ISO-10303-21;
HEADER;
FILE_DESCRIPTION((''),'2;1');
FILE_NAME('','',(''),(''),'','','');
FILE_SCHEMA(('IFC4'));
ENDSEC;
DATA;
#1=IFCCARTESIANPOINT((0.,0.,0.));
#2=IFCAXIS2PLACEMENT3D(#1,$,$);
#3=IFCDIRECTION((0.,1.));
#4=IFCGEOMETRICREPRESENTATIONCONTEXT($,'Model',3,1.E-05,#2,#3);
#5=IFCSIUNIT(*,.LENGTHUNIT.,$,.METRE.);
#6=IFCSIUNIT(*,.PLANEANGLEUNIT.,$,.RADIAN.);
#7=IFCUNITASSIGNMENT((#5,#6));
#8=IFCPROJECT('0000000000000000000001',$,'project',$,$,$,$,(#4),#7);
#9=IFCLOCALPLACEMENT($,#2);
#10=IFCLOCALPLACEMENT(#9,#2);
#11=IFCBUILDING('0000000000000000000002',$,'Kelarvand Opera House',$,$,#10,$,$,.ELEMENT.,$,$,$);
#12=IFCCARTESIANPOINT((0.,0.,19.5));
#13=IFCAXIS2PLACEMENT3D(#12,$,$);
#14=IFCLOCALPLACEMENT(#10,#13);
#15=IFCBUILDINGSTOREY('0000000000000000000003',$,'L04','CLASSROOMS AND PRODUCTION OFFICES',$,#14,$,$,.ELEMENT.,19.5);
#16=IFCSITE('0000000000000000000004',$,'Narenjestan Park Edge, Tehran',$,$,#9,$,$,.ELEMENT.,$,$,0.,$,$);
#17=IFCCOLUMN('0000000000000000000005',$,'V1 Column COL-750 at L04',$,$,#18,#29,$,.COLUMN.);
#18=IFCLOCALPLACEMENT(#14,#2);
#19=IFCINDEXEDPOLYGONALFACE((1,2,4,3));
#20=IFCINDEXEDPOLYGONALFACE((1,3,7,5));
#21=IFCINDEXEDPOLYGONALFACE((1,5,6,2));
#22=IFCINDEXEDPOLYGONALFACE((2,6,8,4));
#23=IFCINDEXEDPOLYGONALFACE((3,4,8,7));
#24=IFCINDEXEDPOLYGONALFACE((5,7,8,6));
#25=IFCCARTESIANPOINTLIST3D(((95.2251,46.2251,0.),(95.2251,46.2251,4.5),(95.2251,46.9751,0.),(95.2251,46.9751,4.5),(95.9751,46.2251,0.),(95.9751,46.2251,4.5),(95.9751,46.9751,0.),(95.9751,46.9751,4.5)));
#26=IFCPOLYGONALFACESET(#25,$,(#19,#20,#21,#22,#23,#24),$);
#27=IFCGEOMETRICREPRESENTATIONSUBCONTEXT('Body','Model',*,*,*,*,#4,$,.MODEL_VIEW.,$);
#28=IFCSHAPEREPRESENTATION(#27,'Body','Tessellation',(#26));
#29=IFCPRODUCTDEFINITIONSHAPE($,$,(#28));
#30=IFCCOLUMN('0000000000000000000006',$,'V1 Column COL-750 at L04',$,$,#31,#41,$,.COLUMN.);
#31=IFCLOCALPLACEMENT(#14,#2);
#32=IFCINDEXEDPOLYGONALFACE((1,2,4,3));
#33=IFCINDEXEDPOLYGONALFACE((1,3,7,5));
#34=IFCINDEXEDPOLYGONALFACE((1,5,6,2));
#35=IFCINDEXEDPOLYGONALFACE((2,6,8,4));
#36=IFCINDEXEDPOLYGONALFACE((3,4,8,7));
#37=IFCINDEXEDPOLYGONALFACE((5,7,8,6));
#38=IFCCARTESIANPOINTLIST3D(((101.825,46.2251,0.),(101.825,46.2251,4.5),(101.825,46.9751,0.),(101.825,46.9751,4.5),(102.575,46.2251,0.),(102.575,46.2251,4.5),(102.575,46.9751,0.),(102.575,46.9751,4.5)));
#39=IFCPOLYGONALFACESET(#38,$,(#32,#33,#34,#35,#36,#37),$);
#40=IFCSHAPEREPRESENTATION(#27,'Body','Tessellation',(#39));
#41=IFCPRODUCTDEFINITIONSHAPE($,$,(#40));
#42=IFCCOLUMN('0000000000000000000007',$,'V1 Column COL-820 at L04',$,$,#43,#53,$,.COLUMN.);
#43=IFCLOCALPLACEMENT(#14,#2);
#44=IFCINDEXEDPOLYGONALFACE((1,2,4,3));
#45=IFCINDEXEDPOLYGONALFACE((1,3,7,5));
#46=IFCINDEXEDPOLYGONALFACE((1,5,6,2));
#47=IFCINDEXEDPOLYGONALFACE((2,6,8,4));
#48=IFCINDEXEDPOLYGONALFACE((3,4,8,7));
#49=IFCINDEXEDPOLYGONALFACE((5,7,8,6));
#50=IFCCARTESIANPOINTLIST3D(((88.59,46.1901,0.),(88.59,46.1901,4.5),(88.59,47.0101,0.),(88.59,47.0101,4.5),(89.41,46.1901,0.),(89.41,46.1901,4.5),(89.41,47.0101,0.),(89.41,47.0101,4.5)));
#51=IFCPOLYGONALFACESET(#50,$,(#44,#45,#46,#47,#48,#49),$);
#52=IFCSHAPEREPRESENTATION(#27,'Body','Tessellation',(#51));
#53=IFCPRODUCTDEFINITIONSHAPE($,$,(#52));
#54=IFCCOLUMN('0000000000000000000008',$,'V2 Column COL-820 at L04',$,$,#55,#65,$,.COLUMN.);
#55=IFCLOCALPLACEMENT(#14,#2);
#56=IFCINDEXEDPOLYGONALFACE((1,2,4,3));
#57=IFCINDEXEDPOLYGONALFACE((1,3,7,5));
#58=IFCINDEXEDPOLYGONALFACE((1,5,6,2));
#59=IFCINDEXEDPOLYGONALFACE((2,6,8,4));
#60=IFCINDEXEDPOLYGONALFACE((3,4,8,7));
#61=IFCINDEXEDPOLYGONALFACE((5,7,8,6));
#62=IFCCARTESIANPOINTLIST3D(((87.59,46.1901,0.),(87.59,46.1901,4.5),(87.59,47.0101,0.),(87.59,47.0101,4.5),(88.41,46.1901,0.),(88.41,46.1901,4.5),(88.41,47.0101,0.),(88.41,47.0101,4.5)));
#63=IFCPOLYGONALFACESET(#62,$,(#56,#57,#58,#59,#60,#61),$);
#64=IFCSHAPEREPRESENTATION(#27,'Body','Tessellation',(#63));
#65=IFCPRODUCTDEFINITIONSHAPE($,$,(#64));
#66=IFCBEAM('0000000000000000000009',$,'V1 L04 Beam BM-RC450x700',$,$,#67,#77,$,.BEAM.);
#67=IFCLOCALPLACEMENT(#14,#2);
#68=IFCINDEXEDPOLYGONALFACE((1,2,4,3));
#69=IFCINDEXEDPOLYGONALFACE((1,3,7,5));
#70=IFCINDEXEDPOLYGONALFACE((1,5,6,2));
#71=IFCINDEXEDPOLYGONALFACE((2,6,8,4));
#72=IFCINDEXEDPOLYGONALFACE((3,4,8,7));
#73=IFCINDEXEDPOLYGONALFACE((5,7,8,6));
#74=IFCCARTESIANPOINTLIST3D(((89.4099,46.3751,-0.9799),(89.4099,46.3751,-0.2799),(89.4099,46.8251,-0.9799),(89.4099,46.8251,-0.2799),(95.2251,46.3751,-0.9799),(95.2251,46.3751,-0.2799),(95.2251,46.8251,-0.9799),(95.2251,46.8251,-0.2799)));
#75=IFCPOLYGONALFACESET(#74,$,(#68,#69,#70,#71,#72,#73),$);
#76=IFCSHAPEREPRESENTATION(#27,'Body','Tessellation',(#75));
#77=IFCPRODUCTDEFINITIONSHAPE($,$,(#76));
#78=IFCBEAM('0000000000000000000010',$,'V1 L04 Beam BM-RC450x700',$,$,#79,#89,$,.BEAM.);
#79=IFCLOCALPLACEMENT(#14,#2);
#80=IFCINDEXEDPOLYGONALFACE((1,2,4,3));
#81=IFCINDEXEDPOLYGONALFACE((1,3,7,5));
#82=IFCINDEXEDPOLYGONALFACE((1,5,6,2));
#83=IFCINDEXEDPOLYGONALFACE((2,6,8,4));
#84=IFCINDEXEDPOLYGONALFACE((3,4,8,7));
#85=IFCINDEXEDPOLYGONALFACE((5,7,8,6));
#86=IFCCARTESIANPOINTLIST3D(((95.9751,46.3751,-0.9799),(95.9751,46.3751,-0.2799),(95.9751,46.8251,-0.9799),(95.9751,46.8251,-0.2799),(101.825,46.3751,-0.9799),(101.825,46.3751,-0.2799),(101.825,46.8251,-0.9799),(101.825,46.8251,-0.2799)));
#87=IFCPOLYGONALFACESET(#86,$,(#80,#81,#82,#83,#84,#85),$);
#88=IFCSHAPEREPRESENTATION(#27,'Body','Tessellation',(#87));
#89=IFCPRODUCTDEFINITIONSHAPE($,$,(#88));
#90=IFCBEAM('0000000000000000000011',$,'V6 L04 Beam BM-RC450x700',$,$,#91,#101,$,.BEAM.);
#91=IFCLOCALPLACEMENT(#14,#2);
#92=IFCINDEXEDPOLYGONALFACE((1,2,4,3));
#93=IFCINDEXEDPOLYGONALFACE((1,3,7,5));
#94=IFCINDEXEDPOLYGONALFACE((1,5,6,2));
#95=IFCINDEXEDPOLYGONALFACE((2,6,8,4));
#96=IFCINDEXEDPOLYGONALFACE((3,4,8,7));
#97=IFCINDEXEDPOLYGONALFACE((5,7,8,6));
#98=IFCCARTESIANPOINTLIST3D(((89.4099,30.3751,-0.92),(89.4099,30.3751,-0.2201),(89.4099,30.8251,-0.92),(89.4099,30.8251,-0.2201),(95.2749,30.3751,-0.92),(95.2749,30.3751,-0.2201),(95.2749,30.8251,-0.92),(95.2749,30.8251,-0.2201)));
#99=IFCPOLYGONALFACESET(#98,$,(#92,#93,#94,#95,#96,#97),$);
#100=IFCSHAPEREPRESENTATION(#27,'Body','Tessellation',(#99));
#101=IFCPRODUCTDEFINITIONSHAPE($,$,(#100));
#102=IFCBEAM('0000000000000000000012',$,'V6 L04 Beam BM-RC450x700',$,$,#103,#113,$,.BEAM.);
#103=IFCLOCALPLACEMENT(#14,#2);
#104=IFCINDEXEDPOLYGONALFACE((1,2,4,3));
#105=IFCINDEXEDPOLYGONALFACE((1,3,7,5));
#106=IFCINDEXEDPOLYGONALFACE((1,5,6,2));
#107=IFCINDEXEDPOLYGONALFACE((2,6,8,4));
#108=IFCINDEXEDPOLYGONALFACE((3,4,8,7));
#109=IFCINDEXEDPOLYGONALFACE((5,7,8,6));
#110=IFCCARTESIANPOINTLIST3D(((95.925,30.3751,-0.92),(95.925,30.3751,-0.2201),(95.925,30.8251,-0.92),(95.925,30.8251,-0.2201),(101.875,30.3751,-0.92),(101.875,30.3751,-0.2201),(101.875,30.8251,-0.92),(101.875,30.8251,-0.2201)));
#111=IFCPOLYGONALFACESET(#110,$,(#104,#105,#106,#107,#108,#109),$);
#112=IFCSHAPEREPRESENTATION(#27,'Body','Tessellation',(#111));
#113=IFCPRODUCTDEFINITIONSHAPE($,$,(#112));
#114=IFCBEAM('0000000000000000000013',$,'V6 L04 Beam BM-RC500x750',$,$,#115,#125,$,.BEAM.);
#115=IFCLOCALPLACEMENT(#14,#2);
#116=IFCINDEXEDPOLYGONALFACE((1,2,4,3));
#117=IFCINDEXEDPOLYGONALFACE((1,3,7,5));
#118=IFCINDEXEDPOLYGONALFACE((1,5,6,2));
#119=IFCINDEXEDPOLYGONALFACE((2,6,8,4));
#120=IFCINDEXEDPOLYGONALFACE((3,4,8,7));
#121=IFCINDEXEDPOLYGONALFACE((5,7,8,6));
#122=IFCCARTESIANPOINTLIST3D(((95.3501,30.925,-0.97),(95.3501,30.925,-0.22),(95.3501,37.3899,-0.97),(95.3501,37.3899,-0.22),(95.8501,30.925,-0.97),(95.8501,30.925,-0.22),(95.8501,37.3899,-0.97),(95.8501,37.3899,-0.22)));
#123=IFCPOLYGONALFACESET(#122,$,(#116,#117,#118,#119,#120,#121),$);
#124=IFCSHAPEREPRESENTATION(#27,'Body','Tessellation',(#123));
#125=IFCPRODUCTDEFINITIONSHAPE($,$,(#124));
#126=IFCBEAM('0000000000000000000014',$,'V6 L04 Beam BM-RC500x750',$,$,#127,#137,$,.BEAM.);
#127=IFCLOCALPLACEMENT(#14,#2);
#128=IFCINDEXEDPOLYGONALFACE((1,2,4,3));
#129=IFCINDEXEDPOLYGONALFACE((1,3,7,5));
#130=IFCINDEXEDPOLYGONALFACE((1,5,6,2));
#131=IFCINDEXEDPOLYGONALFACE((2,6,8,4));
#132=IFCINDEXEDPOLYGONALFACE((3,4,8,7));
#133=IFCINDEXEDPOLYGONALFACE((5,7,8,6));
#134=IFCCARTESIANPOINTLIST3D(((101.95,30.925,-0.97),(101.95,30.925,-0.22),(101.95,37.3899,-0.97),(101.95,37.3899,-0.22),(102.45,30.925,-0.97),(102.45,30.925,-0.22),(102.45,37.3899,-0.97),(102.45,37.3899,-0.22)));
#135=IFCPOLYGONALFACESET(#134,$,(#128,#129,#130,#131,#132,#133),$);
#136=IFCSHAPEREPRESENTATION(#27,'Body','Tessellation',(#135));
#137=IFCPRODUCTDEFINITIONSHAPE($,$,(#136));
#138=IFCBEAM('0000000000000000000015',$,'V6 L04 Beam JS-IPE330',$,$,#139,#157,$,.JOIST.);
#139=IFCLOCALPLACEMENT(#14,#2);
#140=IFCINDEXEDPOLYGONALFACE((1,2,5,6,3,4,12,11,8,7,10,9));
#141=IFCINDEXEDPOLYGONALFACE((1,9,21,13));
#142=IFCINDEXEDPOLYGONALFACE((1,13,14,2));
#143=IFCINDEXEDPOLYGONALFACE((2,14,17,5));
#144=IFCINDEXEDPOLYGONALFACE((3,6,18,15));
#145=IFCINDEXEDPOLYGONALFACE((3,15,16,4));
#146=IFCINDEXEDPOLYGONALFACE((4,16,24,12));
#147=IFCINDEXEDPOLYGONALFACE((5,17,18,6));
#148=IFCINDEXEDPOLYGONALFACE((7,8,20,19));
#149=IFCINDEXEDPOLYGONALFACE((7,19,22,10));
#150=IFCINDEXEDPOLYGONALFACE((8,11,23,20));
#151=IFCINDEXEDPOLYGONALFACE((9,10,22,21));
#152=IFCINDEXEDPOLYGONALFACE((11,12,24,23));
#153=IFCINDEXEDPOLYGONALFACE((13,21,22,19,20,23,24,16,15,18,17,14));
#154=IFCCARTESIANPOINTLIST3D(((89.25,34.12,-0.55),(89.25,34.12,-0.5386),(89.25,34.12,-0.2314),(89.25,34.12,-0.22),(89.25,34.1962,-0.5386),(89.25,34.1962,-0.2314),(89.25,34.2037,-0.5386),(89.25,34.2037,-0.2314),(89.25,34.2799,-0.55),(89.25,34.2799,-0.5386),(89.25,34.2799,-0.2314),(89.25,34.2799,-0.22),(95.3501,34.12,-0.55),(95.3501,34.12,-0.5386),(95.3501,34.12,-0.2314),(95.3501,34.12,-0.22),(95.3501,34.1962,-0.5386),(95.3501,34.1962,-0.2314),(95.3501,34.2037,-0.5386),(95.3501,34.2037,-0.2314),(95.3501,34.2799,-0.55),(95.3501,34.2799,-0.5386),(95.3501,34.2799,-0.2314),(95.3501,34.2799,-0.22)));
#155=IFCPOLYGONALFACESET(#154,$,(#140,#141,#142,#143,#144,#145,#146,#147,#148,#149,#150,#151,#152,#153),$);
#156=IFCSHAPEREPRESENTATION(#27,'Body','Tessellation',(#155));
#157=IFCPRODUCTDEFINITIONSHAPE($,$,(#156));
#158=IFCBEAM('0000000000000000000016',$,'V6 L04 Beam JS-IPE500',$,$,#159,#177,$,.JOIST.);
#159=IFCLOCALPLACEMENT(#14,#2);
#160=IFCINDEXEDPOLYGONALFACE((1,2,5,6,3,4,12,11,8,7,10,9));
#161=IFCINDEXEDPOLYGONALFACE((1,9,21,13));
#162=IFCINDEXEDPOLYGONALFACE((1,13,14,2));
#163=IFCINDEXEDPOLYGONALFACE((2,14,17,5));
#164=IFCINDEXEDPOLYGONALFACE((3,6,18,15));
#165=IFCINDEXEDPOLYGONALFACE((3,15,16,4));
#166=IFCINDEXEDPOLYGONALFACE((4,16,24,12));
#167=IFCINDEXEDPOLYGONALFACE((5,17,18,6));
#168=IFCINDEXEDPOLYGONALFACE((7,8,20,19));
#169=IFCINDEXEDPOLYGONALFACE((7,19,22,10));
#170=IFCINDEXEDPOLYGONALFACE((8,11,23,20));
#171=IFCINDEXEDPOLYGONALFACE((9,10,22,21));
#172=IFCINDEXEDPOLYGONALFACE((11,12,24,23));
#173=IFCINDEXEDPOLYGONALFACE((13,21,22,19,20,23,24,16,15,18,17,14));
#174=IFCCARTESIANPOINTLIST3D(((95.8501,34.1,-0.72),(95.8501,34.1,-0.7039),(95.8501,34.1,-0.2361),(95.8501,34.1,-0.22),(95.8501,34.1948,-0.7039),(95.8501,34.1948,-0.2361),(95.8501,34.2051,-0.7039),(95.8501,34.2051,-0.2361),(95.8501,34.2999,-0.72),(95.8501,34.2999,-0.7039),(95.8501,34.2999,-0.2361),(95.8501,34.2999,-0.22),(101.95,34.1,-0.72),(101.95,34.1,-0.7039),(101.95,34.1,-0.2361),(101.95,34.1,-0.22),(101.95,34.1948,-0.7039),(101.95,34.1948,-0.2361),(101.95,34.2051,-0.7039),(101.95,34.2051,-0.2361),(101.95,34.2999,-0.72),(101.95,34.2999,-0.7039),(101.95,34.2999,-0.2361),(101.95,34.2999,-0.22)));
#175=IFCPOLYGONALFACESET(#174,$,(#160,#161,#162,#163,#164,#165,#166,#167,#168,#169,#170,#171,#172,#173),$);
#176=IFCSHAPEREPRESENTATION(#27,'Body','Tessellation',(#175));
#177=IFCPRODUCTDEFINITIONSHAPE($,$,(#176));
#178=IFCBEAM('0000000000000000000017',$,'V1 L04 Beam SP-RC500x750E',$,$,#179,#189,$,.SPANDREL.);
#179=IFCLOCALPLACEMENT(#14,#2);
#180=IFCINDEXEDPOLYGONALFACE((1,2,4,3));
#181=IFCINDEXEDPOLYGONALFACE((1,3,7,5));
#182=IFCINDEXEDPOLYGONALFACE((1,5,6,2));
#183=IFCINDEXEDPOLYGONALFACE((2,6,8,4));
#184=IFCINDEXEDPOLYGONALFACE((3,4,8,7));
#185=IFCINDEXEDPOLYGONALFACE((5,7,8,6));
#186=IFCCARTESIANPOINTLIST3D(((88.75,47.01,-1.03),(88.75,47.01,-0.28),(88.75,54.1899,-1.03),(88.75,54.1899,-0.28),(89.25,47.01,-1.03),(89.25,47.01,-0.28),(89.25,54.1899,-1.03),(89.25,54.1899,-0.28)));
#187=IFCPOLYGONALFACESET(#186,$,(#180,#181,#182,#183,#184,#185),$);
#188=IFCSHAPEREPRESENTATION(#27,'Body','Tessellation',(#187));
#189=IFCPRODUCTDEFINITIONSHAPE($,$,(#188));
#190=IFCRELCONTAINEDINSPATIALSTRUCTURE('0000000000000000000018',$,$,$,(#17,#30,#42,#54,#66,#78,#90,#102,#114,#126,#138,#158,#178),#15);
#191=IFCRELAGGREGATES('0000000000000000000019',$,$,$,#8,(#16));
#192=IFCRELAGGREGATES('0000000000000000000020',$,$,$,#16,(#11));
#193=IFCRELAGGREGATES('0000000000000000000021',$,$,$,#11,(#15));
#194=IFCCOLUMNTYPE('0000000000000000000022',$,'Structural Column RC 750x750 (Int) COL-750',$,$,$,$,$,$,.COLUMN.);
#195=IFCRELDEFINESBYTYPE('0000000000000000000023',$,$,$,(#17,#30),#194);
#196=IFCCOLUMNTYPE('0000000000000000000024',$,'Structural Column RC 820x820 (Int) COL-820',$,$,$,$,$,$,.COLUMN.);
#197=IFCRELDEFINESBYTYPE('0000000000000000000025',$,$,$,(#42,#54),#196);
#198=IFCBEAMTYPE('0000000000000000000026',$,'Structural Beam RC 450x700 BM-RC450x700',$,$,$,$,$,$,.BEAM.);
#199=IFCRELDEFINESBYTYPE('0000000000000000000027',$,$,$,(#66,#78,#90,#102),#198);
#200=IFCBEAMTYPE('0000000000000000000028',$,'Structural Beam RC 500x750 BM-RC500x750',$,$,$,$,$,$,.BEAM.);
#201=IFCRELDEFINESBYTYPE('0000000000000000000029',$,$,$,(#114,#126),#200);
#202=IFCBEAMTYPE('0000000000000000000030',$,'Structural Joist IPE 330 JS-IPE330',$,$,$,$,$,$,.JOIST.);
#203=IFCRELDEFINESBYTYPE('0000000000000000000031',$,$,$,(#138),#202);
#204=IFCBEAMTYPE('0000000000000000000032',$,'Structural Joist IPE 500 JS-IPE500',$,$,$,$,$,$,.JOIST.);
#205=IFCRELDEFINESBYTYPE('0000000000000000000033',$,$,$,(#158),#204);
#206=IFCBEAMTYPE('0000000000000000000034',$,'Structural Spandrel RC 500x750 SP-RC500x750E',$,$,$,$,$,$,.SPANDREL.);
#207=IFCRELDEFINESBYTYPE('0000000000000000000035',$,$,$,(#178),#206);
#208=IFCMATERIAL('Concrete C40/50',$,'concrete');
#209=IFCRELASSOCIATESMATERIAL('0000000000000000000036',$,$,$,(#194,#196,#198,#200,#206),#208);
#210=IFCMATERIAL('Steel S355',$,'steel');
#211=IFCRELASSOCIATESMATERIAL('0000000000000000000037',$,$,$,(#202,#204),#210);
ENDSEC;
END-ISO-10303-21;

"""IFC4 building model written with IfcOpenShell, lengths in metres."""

from ifc_helpers import new_model, si_unit, direction, frame, origin, origin_2d, place, context, subcontext, project, spatial, rectangle, i_section, extrude, material, material_profile, profile_set, type_object, element, save


model = new_model("IFC4")

# Units and contexts
model_context = context("Model", 3, precision=1e-05, world=origin(), true_north=direction((0.0, 1.0)))
body_context = subcontext(model_context, "Body", "Model", "MODEL_VIEW")
ifc_project = project(units=[si_unit("LENGTHUNIT", "METRE"), si_unit("PLANEANGLEUNIT", "RADIAN")], contexts=[model_context])

# Site, building, storey
site_placement = place(None, origin())
site = spatial("IfcSite", under=ifc_project, at=site_placement, Name="Narenjestan Park Edge, Tehran", CompositionType="ELEMENT", RefElevation=0.0)
building_placement = place(site_placement, origin())
building = spatial("IfcBuilding", under=site, at=building_placement, Name="Kelarvand Opera House", CompositionType="ELEMENT")
storey_placement = place(building_placement, frame((0.0, 0.0, 19.5)))
storey = spatial("IfcBuildingStorey", under=building, at=storey_placement, Name="L04", Description="CLASSROOMS AND PRODUCTION OFFICES", CompositionType="ELEMENT", Elevation=19.5)

# Columns
ifc_material_1 = material(Name="Concrete C40/50", Category="concrete")
ifc_material_profile_1 = material_profile(ifc_material_1, rectangle(XDim=0.75, YDim=0.75, at=origin_2d()), Name="RC 750x750", Category="concrete")
ifc_profile_set_1 = profile_set([ifc_material_profile_1], Name="Concrete C40/50")
column_type_1 = type_object("IfcColumnType", Name="Structural Column RC 750x750 (Int) COL-750", PredefinedType="COLUMN", material=ifc_profile_set_1)
for number, where, z_axis, x_axis, name in (
    (1, (95.6001, 46.6001, 0.0), (0.0, 0.0, 1.0), (1.0, 0.0, 0.0), "V1 Column COL-750 at L04"),
    (2, (102.2, 46.6001, 0.0), (0.0, 0.0, 1.0), (1.0, 0.0, 0.0), "V1 Column COL-750 at L04"),
):
    element("IfcColumn", number, at=place(storey_placement, frame(where, z_axis=z_axis, x_axis=x_axis)), inside=storey, type_object=column_type_1, Name=name, PredefinedType="COLUMN", context=body_context, shape_type="SweptSolid", body=[
        extrude(rectangle(XDim=0.75, YDim=0.75, at=origin_2d()), origin(), (0.0, 0.0, 1.0), 4.5),
    ])
ifc_material_profile_2 = material_profile(ifc_material_1, rectangle(XDim=0.8201, YDim=0.8201, at=origin_2d()), Name="RC 820x820", Category="concrete")
ifc_profile_set_2 = profile_set([ifc_material_profile_2], Name="Concrete C40/50")
column_type_2 = type_object("IfcColumnType", Name="Structural Column RC 820x820 (Int) COL-820", PredefinedType="COLUMN", material=ifc_profile_set_2)
for number, where, z_axis, x_axis, name in (
    (3, (89.0, 46.6001, 0.0), (0.0, 0.0, 1.0), (1.0, 0.0, 0.0), "V1 Column COL-820 at L04"),
    (4, (88.0, 46.6001, 0.0), (0.0, 0.0, 1.0), (1.0, 0.0, 0.0), "V2 Column COL-820 at L04"),
):
    element("IfcColumn", number, at=place(storey_placement, frame(where, z_axis=z_axis, x_axis=x_axis)), inside=storey, type_object=column_type_2, Name=name, PredefinedType="COLUMN", context=body_context, shape_type="SweptSolid", body=[
        extrude(rectangle(XDim=0.8201, YDim=0.8201, at=origin_2d()), origin(), (0.0, 0.0, 1.0), 4.5),
    ])

# Beams
ifc_material_profile_3 = material_profile(ifc_material_1, rectangle(XDim=0.45, YDim=0.7, at=origin_2d()), Name="RC 450x700", Category="concrete")
ifc_profile_set_3 = profile_set([ifc_material_profile_3], Name="Concrete C40/50")
beam_type_1 = type_object("IfcBeamType", Name="Structural Beam RC 450x700 BM-RC450x700", PredefinedType="BEAM", material=ifc_profile_set_3)
beam_1_placement = place(storey_placement, frame((89.4099, 46.6001, -0.6299), z_axis=(1.0, 0.0, 0.0), x_axis=(0.0, 1.0, 0.0)))
element("IfcBeam", 5, at=beam_1_placement, inside=storey, type_object=beam_type_1, Name="V1 L04 Beam BM-RC450x700", PredefinedType="BEAM", context=body_context, shape_type="SweptSolid", body=[
    extrude(rectangle(XDim=0.45, YDim=0.7, at=origin_2d()), origin(), (0.0, 0.0, 1.0), 5.8152),
])
beam_2_placement = place(storey_placement, frame((95.9751, 46.6001, -0.6299), z_axis=(1.0, 0.0, 0.0), x_axis=(0.0, 1.0, 0.0)))
element("IfcBeam", 6, at=beam_2_placement, inside=storey, type_object=beam_type_1, Name="V1 L04 Beam BM-RC450x700", PredefinedType="BEAM", context=body_context, shape_type="SweptSolid", body=[
    extrude(rectangle(XDim=0.45, YDim=0.7, at=origin_2d()), origin(), (0.0, 0.0, 1.0), 5.8499),
])
beam_3_placement = place(storey_placement, frame((89.4099, 30.6001, -0.5701), z_axis=(1.0, 0.0, 0.0), x_axis=(0.0, 1.0, 0.0)))
element("IfcBeam", 7, at=beam_3_placement, inside=storey, type_object=beam_type_1, Name="V6 L04 Beam BM-RC450x700", PredefinedType="BEAM", context=body_context, shape_type="SweptSolid", body=[
    extrude(rectangle(XDim=0.45, YDim=0.7, at=origin_2d()), origin(), (0.0, 0.0, 1.0), 5.865),
])
beam_4_placement = place(storey_placement, frame((95.925, 30.6001, -0.5701), z_axis=(1.0, 0.0, 0.0), x_axis=(0.0, 1.0, 0.0)))
element("IfcBeam", 8, at=beam_4_placement, inside=storey, type_object=beam_type_1, Name="V6 L04 Beam BM-RC450x700", PredefinedType="BEAM", context=body_context, shape_type="SweptSolid", body=[
    extrude(rectangle(XDim=0.45, YDim=0.7, at=origin_2d()), origin(), (0.0, 0.0, 1.0), 5.95),
])
ifc_material_profile_4 = material_profile(ifc_material_1, rectangle(XDim=0.5, YDim=0.75, at=origin_2d()), Name="RC 500x750", Category="concrete")
ifc_profile_set_4 = profile_set([ifc_material_profile_4], Name="Concrete C40/50")
beam_type_2 = type_object("IfcBeamType", Name="Structural Beam RC 500x750 BM-RC500x750", PredefinedType="BEAM", material=ifc_profile_set_4)
for number, where, z_axis, x_axis, name in (
    (9, (95.6001, 30.925, -0.595), (0.0, 1.0, 0.0), (-1.0, 0.0, 0.0), "V6 L04 Beam BM-RC500x750"),
    (10, (102.2, 30.925, -0.595), (0.0, 1.0, 0.0), (-1.0, 0.0, 0.0), "V6 L04 Beam BM-RC500x750"),
):
    element("IfcBeam", number, at=place(storey_placement, frame(where, z_axis=z_axis, x_axis=x_axis)), inside=storey, type_object=beam_type_2, Name=name, PredefinedType="BEAM", context=body_context, shape_type="SweptSolid", body=[
        extrude(rectangle(XDim=0.5, YDim=0.75, at=origin_2d()), origin(), (0.0, 0.0, 1.0), 6.4648),
    ])
ifc_material_2 = material(Name="Steel S355", Category="steel")
ifc_material_profile_5 = material_profile(ifc_material_2, i_section(OverallWidth=0.1599, OverallDepth=0.3301, WebThickness=0.0076, FlangeThickness=0.0115, at=origin_2d()), Name="IPE 330", Category="steel")
ifc_profile_set_5 = profile_set([ifc_material_profile_5], Name="Steel S355")
beam_type_3 = type_object("IfcBeamType", Name="Structural Joist IPE 330 JS-IPE330", PredefinedType="JOIST", material=ifc_profile_set_5)
beam_5_placement = place(storey_placement, frame((89.25, 34.2, -0.385), z_axis=(1.0, 0.0, 0.0), x_axis=(0.0, 1.0, 0.0)))
element("IfcBeam", 11, at=beam_5_placement, inside=storey, type_object=beam_type_3, Name="V6 L04 Beam JS-IPE330", PredefinedType="JOIST", context=body_context, shape_type="SweptSolid", body=[
    extrude(i_section(OverallWidth=0.1599, OverallDepth=0.3301, WebThickness=0.0076, FlangeThickness=0.0115, at=origin_2d()), origin(), (0.0, 0.0, 1.0), 6.1001),
])
ifc_material_profile_6 = material_profile(ifc_material_2, i_section(OverallWidth=0.2, OverallDepth=0.5, WebThickness=0.0103, FlangeThickness=0.0161, at=origin_2d()), Name="IPE 500", Category="steel")
ifc_profile_set_6 = profile_set([ifc_material_profile_6], Name="Steel S355")
beam_type_4 = type_object("IfcBeamType", Name="Structural Joist IPE 500 JS-IPE500", PredefinedType="JOIST", material=ifc_profile_set_6)
beam_6_placement = place(storey_placement, frame((95.8501, 34.2, -0.47), z_axis=(1.0, 0.0, 0.0), x_axis=(0.0, 1.0, 0.0)))
element("IfcBeam", 12, at=beam_6_placement, inside=storey, type_object=beam_type_4, Name="V6 L04 Beam JS-IPE500", PredefinedType="JOIST", context=body_context, shape_type="SweptSolid", body=[
    extrude(i_section(OverallWidth=0.2, OverallDepth=0.5, WebThickness=0.0103, FlangeThickness=0.0161, at=origin_2d()), origin(), (0.0, 0.0, 1.0), 6.0999),
])
ifc_material_profile_7 = material_profile(ifc_material_1, rectangle(XDim=0.5, YDim=0.75, at=origin_2d()), Name="RC 500x750", Category="concrete")
ifc_profile_set_7 = profile_set([ifc_material_profile_7], Name="Concrete C40/50")
beam_type_5 = type_object("IfcBeamType", Name="Structural Spandrel RC 500x750 SP-RC500x750E", PredefinedType="SPANDREL", material=ifc_profile_set_7)
for number, where, z_axis, x_axis, name in (
    (13, (89.0, 47.01, -0.655), (0.0, 1.0, 0.0), (-1.0, 0.0, 0.0), "V1 L04 Beam SP-RC500x750E"),
):
    element("IfcBeam", number, at=place(storey_placement, frame(where, z_axis=z_axis, x_axis=x_axis)), inside=storey, type_object=beam_type_5, Name=name, PredefinedType="SPANDREL", context=body_context, shape_type="SweptSolid", body=[
        extrude(rectangle(XDim=0.5, YDim=0.75, at=origin_2d()), origin(), (0.0, 0.0, 1.0), 7.1799),
    ])

save(model, "model.ifc")
